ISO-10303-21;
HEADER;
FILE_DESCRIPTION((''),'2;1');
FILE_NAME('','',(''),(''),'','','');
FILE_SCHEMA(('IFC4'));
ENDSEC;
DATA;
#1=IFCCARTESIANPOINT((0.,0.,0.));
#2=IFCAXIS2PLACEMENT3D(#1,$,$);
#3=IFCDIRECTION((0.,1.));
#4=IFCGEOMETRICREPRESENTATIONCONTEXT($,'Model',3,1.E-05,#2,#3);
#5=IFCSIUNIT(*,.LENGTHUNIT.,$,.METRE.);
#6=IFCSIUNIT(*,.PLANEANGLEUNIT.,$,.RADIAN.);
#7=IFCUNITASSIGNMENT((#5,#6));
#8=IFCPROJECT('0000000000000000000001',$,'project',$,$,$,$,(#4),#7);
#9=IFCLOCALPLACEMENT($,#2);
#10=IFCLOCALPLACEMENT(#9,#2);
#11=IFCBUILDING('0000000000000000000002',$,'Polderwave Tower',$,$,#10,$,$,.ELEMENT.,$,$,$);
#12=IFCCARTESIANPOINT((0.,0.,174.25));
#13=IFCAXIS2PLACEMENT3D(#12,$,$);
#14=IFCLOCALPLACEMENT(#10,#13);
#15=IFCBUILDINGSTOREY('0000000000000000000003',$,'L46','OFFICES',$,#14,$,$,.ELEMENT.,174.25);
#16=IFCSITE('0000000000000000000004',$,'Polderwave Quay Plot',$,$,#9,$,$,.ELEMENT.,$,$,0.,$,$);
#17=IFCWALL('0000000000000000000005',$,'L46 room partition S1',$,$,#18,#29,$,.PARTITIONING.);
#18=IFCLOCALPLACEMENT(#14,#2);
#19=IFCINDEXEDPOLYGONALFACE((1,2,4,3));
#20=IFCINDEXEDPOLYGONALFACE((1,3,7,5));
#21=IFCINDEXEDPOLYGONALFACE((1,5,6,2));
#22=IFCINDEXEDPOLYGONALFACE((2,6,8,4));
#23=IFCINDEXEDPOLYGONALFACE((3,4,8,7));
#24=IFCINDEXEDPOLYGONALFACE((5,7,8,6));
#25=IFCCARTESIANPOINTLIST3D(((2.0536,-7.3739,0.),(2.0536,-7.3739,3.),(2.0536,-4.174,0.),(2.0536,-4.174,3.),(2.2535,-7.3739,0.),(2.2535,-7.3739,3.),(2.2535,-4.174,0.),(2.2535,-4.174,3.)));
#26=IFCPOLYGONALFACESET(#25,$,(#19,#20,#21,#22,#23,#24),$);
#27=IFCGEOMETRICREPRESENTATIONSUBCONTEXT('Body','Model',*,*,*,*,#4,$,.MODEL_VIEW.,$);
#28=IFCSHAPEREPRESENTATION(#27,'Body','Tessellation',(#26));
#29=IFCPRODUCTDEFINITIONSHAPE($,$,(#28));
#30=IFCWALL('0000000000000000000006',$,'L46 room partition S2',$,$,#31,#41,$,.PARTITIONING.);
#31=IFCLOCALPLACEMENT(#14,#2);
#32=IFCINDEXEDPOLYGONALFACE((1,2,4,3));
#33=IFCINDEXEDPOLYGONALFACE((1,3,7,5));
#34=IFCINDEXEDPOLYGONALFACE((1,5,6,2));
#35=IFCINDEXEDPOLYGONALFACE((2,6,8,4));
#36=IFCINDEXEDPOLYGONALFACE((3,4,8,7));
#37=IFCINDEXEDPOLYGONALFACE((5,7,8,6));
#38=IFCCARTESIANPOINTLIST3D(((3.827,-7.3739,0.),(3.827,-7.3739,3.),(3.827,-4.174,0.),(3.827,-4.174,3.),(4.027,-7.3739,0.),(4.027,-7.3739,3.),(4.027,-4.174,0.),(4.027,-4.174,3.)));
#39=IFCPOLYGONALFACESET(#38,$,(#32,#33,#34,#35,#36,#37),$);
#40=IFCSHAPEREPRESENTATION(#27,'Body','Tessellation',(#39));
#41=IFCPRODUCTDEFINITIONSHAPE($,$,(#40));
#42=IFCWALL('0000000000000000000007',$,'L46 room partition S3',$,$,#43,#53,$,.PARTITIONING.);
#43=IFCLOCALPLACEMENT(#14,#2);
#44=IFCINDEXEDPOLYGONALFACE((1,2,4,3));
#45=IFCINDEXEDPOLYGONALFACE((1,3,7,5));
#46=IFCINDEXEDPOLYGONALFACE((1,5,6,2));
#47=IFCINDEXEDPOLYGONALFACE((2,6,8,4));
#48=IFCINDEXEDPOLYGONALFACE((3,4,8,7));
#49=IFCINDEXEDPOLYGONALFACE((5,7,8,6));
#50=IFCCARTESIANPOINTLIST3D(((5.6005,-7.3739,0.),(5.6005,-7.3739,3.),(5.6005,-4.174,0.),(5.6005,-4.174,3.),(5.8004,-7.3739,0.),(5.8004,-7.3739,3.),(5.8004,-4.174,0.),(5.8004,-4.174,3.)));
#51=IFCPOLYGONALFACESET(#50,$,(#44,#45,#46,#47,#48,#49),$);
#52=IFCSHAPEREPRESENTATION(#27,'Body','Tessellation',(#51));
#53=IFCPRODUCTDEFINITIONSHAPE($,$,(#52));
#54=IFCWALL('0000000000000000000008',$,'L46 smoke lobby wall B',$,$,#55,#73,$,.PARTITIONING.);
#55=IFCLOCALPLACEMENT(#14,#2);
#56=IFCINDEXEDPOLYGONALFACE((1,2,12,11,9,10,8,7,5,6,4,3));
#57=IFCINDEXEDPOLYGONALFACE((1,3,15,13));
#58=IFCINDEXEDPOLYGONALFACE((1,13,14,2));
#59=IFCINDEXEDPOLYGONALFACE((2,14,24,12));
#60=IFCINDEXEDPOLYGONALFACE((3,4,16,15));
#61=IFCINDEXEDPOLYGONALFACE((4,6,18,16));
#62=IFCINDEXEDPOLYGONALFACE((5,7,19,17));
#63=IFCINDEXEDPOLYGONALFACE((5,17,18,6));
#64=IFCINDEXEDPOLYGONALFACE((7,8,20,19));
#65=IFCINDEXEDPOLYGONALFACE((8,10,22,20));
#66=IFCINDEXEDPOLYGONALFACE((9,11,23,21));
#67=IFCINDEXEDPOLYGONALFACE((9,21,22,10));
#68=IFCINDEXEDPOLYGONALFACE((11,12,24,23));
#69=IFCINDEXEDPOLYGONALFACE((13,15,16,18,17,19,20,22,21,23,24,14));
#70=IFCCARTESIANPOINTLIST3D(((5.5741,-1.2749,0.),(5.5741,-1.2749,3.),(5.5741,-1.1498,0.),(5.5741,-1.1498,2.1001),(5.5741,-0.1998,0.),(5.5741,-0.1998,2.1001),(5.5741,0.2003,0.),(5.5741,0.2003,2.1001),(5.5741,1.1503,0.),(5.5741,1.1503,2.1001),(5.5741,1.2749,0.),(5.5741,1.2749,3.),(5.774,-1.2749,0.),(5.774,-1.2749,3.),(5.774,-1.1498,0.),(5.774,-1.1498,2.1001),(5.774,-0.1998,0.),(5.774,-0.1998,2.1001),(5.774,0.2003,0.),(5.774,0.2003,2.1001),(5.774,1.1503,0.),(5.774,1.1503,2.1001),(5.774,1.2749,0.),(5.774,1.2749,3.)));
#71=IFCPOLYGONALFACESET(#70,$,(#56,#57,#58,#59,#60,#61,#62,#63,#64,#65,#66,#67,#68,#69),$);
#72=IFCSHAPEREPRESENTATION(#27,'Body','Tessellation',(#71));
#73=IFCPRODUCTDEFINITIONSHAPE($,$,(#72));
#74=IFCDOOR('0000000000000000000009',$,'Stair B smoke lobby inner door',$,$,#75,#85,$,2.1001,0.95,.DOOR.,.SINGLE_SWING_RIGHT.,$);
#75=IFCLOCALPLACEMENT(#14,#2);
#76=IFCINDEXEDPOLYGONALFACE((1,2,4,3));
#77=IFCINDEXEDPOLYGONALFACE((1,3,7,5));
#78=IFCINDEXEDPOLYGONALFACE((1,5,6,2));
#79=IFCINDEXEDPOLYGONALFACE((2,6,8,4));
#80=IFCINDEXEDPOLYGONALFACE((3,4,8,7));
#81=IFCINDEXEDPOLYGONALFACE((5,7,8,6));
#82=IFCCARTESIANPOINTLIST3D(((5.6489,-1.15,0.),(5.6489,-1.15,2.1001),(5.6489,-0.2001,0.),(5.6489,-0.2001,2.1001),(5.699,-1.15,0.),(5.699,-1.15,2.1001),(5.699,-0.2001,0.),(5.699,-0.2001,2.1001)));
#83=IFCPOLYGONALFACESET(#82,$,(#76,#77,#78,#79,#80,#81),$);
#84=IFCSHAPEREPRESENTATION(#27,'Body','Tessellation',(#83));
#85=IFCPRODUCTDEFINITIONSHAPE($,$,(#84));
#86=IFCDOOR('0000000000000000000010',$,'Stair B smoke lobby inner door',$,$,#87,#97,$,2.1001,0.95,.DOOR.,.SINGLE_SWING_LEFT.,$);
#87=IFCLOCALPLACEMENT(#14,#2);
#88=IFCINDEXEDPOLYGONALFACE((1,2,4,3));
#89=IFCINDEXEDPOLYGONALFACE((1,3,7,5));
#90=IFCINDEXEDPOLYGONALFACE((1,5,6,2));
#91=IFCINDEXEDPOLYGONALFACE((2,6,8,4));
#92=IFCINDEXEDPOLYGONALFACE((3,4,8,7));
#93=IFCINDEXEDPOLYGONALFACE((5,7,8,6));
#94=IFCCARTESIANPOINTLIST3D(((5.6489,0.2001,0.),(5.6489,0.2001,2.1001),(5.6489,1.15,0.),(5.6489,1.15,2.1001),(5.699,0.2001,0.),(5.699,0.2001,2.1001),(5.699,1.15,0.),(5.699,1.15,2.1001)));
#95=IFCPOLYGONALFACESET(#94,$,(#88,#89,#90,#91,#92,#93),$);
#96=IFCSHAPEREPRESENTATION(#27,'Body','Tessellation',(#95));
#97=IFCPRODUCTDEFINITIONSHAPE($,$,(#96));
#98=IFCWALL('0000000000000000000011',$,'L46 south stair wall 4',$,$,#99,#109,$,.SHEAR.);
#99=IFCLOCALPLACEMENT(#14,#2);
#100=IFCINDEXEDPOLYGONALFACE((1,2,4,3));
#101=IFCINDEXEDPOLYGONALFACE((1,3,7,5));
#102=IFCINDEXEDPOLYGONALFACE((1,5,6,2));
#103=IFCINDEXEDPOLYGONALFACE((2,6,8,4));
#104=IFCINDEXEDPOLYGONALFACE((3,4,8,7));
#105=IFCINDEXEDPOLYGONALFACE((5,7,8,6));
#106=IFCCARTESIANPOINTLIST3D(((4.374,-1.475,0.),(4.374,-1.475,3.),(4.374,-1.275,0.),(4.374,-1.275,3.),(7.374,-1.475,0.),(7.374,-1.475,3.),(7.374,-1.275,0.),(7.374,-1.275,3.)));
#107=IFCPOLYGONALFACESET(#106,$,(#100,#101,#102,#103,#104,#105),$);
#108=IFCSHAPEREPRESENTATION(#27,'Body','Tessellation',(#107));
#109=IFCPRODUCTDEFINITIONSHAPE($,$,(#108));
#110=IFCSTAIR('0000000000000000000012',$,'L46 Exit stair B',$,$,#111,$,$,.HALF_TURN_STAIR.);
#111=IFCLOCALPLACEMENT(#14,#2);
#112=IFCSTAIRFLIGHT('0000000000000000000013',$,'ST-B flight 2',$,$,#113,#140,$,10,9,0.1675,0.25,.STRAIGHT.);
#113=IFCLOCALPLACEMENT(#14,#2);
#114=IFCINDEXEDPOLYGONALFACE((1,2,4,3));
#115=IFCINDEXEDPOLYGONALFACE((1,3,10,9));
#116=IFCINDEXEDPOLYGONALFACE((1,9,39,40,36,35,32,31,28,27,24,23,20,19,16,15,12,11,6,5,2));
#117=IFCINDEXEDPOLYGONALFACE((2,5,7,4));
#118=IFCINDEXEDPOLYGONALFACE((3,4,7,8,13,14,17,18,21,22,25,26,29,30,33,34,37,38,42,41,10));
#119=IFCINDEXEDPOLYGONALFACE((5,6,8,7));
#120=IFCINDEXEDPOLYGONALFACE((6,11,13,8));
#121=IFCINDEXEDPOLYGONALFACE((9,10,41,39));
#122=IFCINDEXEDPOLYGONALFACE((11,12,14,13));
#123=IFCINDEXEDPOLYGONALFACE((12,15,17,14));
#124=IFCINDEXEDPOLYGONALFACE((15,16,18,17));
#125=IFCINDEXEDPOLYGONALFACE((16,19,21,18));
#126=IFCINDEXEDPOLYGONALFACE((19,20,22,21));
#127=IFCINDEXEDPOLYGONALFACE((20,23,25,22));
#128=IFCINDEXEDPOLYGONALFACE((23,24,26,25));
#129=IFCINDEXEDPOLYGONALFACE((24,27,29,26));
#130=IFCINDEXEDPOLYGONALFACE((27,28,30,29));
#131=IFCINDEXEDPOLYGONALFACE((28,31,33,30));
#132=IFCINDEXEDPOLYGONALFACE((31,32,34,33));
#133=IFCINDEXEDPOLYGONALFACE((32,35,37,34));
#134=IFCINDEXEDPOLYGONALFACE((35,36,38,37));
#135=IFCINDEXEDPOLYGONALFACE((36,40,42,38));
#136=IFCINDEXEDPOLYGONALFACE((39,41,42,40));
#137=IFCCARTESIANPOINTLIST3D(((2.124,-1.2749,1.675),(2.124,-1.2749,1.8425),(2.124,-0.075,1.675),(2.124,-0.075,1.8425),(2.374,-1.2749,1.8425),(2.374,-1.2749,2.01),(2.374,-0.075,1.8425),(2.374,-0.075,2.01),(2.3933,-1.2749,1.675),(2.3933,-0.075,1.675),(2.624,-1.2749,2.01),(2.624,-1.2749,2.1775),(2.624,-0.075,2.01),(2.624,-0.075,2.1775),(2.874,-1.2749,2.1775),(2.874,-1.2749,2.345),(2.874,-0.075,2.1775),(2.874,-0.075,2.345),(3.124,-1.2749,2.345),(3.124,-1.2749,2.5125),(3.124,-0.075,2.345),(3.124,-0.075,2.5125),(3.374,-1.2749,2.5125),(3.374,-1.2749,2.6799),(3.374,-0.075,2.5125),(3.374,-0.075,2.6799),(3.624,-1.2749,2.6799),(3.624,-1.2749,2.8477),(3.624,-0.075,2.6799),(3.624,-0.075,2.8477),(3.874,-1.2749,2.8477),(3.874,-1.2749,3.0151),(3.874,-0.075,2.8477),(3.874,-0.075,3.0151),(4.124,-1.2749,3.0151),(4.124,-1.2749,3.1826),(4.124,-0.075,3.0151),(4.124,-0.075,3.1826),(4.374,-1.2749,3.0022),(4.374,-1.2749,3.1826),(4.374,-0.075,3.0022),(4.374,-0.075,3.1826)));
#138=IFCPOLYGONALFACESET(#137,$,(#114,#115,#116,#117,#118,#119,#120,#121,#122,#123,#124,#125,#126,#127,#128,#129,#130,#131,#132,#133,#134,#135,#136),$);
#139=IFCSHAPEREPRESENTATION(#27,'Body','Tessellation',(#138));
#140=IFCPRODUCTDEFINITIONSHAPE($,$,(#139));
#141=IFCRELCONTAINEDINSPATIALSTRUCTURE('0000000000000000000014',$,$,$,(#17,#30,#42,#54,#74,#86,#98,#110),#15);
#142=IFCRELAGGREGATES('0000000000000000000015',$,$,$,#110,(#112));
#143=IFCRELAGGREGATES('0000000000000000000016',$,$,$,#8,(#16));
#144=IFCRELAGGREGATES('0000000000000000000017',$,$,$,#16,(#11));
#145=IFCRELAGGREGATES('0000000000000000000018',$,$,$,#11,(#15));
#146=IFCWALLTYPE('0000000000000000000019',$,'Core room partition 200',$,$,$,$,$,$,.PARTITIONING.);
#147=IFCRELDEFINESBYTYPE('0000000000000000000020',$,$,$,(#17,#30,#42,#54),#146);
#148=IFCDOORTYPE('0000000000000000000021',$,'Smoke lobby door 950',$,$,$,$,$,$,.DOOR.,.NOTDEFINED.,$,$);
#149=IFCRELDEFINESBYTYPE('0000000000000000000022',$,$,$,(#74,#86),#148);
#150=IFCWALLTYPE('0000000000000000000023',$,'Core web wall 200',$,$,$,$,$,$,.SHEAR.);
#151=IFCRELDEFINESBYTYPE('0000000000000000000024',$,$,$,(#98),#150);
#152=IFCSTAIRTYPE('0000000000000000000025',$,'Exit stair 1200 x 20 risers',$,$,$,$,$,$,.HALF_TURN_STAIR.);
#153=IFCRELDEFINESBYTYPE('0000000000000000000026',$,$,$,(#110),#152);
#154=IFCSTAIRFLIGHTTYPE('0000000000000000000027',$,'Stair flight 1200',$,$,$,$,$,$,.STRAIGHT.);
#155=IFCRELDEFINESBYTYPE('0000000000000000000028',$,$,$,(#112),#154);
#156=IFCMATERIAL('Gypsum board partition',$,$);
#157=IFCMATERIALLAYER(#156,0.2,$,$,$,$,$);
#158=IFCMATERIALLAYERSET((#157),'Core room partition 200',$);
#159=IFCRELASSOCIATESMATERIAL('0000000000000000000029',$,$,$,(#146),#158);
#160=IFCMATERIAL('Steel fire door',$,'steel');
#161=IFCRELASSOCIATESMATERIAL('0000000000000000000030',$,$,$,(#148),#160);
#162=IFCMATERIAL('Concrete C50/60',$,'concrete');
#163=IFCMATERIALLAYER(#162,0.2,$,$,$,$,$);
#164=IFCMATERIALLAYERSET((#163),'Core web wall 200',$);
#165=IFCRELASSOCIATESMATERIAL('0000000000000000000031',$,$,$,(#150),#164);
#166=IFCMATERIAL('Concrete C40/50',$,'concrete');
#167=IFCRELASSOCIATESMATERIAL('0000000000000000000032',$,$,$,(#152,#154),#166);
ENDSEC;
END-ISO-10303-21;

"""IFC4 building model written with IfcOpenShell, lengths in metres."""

from ifc_helpers import new_model, si_unit, direction, frame, frame_2d, origin, place, context, subcontext, project, spatial, polyline, rectangle, outline, extrude, material, layer, layer_set, type_object, element, fill, aggregate, save


model = new_model("IFC4")

# Units and contexts
model_context = context("Model", 3, precision=1e-05, world=origin(), true_north=direction((0.0, 1.0)))
body_context = subcontext(model_context, "Body", "Model", "MODEL_VIEW")
ifc_project = project(units=[si_unit("LENGTHUNIT", "METRE"), si_unit("PLANEANGLEUNIT", "RADIAN")], contexts=[model_context])

# Site, building, storey
site_placement = place(None, origin())
site = spatial("IfcSite", under=ifc_project, at=site_placement, Name="Polderwave Quay Plot", CompositionType="ELEMENT", RefElevation=0.0)
building_placement = place(site_placement, origin())
building = spatial("IfcBuilding", under=site, at=building_placement, Name="Polderwave Tower", CompositionType="ELEMENT")
storey_placement = place(building_placement, frame((0.0, 0.0, 174.25)))
storey = spatial("IfcBuildingStorey", under=building, at=storey_placement, Name="L46", Description="OFFICES", CompositionType="ELEMENT", Elevation=174.25)

# Walls
ifc_material_1 = material(Name="Gypsum board partition")
ifc_layer_1 = layer(ifc_material_1, 0.2)
ifc_layer_set_1 = layer_set([ifc_layer_1], Name="Core room partition 200")
wall_type_1 = type_object("IfcWallType", Name="Core room partition 200", PredefinedType="PARTITIONING", material=ifc_layer_set_1)
for number, where, z_axis, x_axis, name in (
    (1, (2.1536, -7.374, 0.0), (0.0, 0.0, 1.0), (0.0, 1.0, 0.0), "L46 room partition S1"),
    (2, (3.927, -7.374, 0.0), (0.0, 0.0, 1.0), (0.0, 1.0, 0.0), "L46 room partition S2"),
    (3, (5.7004, -7.374, 0.0), (0.0, 0.0, 1.0), (0.0, 1.0, 0.0), "L46 room partition S3"),
):
    element("IfcWall", number, at=place(storey_placement, frame(where, z_axis=z_axis, x_axis=x_axis)), inside=storey, type_object=wall_type_1, Name=name, PredefinedType="PARTITIONING", context=body_context, shape_type="SweptSolid", body=[
        extrude(rectangle(XDim=3.2, YDim=0.2, at=frame_2d((1.6001, 0.0))), origin(), (0.0, 0.0, 1.0), 3.0),
    ])

# Wall, openings, doors
wall_1_placement = place(storey_placement, frame((5.6741, -1.2749, 0.0), z_axis=(0.0, 0.0, 1.0), x_axis=(0.0, 1.0, 0.0)))
wall_1 = element("IfcWall", 4, at=wall_1_placement, inside=storey, type_object=wall_type_1, Name="L46 smoke lobby wall B", PredefinedType="PARTITIONING", context=body_context, shape_type="SweptSolid", body=[
    extrude(rectangle(XDim=2.5498, YDim=0.2, at=frame_2d((1.2749, 0.0))), origin(), (0.0, 0.0, 1.0), 3.0),
])
opening_1_placement = place(wall_1_placement, frame((0.125, 0.0, 0.0)))
opening_1 = element("IfcOpeningElement", 5, at=opening_1_placement, cuts=wall_1, PredefinedType="OPENING", context=body_context, shape_type="SweptSolid", body=[
    extrude(rectangle(XDim=0.95, YDim=2.1001, at=frame_2d((0.4751, 1.05))), frame((0.0, 0.1099, 0.0), z_axis=(0.0, -1.0, 0.0), x_axis=(1.0, 0.0, 0.0)), (0.0, 0.0, 1.0), 0.22),
])
opening_2_placement = place(wall_1_placement, frame((1.4751, 0.0, 0.0)))
opening_2 = element("IfcOpeningElement", 6, at=opening_2_placement, cuts=wall_1, PredefinedType="OPENING", context=body_context, shape_type="SweptSolid", body=[
    extrude(rectangle(XDim=0.95, YDim=2.1001, at=frame_2d((0.4751, 1.05))), frame((0.0, 0.1099, 0.0), z_axis=(0.0, -1.0, 0.0), x_axis=(1.0, 0.0, 0.0)), (0.0, 0.0, 1.0), 0.22),
])
ifc_material_2 = material(Name="Steel fire door", Category="steel")
door_type = type_object("IfcDoorType", Name="Smoke lobby door 950", OperationType="NOTDEFINED", PredefinedType="DOOR", material=ifc_material_2)
door_1_placement = place(opening_1_placement, frame((0.95, 0.0, 0.0), z_axis=(0.0, 0.0, 1.0), x_axis=(-1.0, 0.0, 0.0)))
door_1 = element("IfcDoor", 7, at=door_1_placement, inside=storey, type_object=door_type, Name="Stair B smoke lobby inner door", OperationType="SINGLE_SWING_RIGHT", OverallHeight=2.1001, OverallWidth=0.95, PredefinedType="DOOR", context=body_context, shape_type="SweptSolid", body=[
    extrude(rectangle(XDim=0.95, YDim=2.1001, at=frame_2d((0.4751, 1.05))), frame((0.0, 0.0249, 0.0), z_axis=(0.0, -1.0, 0.0), x_axis=(1.0, 0.0, 0.0)), (0.0, 0.0, 1.0), 0.05),
])
fill(opening_1, door_1)
door_2_placement = place(opening_2_placement, frame((0.95, 0.0, 0.0), z_axis=(0.0, 0.0, 1.0), x_axis=(-1.0, 0.0, 0.0)))
door_2 = element("IfcDoor", 8, at=door_2_placement, inside=storey, type_object=door_type, Name="Stair B smoke lobby inner door", OperationType="SINGLE_SWING_LEFT", OverallHeight=2.1001, OverallWidth=0.95, PredefinedType="DOOR", context=body_context, shape_type="SweptSolid", body=[
    extrude(rectangle(XDim=0.95, YDim=2.1001, at=frame_2d((0.4751, 1.05))), frame((0.0, 0.0249, 0.0), z_axis=(0.0, -1.0, 0.0), x_axis=(1.0, 0.0, 0.0)), (0.0, 0.0, 1.0), 0.05),
])
fill(opening_2, door_2)

# Wall
ifc_material_3 = material(Name="Concrete C50/60", Category="concrete")
ifc_layer_2 = layer(ifc_material_3, 0.2)
ifc_layer_set_2 = layer_set([ifc_layer_2], Name="Core web wall 200")
wall_type_2 = type_object("IfcWallType", Name="Core web wall 200", PredefinedType="SHEAR", material=ifc_layer_set_2)
wall_2_placement = place(storey_placement, frame((4.374, -1.375, 0.0), z_axis=(0.0, 0.0, 1.0), x_axis=(1.0, 0.0, 0.0)))
element("IfcWall", 9, at=wall_2_placement, inside=storey, type_object=wall_type_2, Name="L46 south stair wall 4", PredefinedType="SHEAR", context=body_context, shape_type="SweptSolid", body=[
    extrude(rectangle(XDim=3.0, YDim=0.2, at=frame_2d((1.5, 0.0))), origin(), (0.0, 0.0, 1.0), 3.0),
])

# Stair, stair flight
ifc_material_4 = material(Name="Concrete C40/50", Category="concrete")
stair_type = type_object("IfcStairType", Name="Exit stair 1200 x 20 risers", PredefinedType="HALF_TURN_STAIR", material=ifc_material_4)
stair_placement = place(storey_placement, origin())
stair = element("IfcStair", 10, at=stair_placement, inside=storey, type_object=stair_type, Name="L46 Exit stair B", PredefinedType="HALF_TURN_STAIR")
stair_flight_type = type_object("IfcStairFlightType", Name="Stair flight 1200", PredefinedType="STRAIGHT", material=ifc_material_4)
stair_flight_placement = place(storey_placement, frame((2.124, -0.675, 1.675), z_axis=(0.0, 0.0, 1.0), x_axis=(1.0, 0.0, 0.0)))
stair_flight = element("IfcStairFlight", 11, at=stair_flight_placement, type_object=stair_flight_type, Name="ST-B flight 2", NumberOfRisers=10, NumberOfTreads=9, PredefinedType="STRAIGHT", RiserHeight=0.1675, TreadLength=0.25, context=body_context, shape_type="SweptSolid", body=[
    extrude(outline(polyline([(0.0, 0.0), (0.0, 0.1675), (0.25, 0.1675), (0.25, 0.335), (0.5, 0.335), (0.5, 0.5024), (0.75, 0.5024), (0.75, 0.6699), (1.0, 0.6699), (1.0, 0.8374), (1.25, 0.8374), (1.25, 1.0049), (1.5, 1.0049), (1.5, 1.1726), (1.75, 1.1726), (1.75, 1.3401), (2.0, 1.3401), (2.0, 1.5076), (2.25, 1.5076), (2.25, 1.675), (2.25, 1.3271), (0.2693, 0.0), (0.0, 0.0)])), frame((0.0, 0.6001, 0.0), z_axis=(0.0, -1.0, 0.0), x_axis=(1.0, 0.0, 0.0)), (0.0, 0.0, 1.0), 1.2),
])
aggregate(stair, [stair_flight])

save(model, "model.ifc")
